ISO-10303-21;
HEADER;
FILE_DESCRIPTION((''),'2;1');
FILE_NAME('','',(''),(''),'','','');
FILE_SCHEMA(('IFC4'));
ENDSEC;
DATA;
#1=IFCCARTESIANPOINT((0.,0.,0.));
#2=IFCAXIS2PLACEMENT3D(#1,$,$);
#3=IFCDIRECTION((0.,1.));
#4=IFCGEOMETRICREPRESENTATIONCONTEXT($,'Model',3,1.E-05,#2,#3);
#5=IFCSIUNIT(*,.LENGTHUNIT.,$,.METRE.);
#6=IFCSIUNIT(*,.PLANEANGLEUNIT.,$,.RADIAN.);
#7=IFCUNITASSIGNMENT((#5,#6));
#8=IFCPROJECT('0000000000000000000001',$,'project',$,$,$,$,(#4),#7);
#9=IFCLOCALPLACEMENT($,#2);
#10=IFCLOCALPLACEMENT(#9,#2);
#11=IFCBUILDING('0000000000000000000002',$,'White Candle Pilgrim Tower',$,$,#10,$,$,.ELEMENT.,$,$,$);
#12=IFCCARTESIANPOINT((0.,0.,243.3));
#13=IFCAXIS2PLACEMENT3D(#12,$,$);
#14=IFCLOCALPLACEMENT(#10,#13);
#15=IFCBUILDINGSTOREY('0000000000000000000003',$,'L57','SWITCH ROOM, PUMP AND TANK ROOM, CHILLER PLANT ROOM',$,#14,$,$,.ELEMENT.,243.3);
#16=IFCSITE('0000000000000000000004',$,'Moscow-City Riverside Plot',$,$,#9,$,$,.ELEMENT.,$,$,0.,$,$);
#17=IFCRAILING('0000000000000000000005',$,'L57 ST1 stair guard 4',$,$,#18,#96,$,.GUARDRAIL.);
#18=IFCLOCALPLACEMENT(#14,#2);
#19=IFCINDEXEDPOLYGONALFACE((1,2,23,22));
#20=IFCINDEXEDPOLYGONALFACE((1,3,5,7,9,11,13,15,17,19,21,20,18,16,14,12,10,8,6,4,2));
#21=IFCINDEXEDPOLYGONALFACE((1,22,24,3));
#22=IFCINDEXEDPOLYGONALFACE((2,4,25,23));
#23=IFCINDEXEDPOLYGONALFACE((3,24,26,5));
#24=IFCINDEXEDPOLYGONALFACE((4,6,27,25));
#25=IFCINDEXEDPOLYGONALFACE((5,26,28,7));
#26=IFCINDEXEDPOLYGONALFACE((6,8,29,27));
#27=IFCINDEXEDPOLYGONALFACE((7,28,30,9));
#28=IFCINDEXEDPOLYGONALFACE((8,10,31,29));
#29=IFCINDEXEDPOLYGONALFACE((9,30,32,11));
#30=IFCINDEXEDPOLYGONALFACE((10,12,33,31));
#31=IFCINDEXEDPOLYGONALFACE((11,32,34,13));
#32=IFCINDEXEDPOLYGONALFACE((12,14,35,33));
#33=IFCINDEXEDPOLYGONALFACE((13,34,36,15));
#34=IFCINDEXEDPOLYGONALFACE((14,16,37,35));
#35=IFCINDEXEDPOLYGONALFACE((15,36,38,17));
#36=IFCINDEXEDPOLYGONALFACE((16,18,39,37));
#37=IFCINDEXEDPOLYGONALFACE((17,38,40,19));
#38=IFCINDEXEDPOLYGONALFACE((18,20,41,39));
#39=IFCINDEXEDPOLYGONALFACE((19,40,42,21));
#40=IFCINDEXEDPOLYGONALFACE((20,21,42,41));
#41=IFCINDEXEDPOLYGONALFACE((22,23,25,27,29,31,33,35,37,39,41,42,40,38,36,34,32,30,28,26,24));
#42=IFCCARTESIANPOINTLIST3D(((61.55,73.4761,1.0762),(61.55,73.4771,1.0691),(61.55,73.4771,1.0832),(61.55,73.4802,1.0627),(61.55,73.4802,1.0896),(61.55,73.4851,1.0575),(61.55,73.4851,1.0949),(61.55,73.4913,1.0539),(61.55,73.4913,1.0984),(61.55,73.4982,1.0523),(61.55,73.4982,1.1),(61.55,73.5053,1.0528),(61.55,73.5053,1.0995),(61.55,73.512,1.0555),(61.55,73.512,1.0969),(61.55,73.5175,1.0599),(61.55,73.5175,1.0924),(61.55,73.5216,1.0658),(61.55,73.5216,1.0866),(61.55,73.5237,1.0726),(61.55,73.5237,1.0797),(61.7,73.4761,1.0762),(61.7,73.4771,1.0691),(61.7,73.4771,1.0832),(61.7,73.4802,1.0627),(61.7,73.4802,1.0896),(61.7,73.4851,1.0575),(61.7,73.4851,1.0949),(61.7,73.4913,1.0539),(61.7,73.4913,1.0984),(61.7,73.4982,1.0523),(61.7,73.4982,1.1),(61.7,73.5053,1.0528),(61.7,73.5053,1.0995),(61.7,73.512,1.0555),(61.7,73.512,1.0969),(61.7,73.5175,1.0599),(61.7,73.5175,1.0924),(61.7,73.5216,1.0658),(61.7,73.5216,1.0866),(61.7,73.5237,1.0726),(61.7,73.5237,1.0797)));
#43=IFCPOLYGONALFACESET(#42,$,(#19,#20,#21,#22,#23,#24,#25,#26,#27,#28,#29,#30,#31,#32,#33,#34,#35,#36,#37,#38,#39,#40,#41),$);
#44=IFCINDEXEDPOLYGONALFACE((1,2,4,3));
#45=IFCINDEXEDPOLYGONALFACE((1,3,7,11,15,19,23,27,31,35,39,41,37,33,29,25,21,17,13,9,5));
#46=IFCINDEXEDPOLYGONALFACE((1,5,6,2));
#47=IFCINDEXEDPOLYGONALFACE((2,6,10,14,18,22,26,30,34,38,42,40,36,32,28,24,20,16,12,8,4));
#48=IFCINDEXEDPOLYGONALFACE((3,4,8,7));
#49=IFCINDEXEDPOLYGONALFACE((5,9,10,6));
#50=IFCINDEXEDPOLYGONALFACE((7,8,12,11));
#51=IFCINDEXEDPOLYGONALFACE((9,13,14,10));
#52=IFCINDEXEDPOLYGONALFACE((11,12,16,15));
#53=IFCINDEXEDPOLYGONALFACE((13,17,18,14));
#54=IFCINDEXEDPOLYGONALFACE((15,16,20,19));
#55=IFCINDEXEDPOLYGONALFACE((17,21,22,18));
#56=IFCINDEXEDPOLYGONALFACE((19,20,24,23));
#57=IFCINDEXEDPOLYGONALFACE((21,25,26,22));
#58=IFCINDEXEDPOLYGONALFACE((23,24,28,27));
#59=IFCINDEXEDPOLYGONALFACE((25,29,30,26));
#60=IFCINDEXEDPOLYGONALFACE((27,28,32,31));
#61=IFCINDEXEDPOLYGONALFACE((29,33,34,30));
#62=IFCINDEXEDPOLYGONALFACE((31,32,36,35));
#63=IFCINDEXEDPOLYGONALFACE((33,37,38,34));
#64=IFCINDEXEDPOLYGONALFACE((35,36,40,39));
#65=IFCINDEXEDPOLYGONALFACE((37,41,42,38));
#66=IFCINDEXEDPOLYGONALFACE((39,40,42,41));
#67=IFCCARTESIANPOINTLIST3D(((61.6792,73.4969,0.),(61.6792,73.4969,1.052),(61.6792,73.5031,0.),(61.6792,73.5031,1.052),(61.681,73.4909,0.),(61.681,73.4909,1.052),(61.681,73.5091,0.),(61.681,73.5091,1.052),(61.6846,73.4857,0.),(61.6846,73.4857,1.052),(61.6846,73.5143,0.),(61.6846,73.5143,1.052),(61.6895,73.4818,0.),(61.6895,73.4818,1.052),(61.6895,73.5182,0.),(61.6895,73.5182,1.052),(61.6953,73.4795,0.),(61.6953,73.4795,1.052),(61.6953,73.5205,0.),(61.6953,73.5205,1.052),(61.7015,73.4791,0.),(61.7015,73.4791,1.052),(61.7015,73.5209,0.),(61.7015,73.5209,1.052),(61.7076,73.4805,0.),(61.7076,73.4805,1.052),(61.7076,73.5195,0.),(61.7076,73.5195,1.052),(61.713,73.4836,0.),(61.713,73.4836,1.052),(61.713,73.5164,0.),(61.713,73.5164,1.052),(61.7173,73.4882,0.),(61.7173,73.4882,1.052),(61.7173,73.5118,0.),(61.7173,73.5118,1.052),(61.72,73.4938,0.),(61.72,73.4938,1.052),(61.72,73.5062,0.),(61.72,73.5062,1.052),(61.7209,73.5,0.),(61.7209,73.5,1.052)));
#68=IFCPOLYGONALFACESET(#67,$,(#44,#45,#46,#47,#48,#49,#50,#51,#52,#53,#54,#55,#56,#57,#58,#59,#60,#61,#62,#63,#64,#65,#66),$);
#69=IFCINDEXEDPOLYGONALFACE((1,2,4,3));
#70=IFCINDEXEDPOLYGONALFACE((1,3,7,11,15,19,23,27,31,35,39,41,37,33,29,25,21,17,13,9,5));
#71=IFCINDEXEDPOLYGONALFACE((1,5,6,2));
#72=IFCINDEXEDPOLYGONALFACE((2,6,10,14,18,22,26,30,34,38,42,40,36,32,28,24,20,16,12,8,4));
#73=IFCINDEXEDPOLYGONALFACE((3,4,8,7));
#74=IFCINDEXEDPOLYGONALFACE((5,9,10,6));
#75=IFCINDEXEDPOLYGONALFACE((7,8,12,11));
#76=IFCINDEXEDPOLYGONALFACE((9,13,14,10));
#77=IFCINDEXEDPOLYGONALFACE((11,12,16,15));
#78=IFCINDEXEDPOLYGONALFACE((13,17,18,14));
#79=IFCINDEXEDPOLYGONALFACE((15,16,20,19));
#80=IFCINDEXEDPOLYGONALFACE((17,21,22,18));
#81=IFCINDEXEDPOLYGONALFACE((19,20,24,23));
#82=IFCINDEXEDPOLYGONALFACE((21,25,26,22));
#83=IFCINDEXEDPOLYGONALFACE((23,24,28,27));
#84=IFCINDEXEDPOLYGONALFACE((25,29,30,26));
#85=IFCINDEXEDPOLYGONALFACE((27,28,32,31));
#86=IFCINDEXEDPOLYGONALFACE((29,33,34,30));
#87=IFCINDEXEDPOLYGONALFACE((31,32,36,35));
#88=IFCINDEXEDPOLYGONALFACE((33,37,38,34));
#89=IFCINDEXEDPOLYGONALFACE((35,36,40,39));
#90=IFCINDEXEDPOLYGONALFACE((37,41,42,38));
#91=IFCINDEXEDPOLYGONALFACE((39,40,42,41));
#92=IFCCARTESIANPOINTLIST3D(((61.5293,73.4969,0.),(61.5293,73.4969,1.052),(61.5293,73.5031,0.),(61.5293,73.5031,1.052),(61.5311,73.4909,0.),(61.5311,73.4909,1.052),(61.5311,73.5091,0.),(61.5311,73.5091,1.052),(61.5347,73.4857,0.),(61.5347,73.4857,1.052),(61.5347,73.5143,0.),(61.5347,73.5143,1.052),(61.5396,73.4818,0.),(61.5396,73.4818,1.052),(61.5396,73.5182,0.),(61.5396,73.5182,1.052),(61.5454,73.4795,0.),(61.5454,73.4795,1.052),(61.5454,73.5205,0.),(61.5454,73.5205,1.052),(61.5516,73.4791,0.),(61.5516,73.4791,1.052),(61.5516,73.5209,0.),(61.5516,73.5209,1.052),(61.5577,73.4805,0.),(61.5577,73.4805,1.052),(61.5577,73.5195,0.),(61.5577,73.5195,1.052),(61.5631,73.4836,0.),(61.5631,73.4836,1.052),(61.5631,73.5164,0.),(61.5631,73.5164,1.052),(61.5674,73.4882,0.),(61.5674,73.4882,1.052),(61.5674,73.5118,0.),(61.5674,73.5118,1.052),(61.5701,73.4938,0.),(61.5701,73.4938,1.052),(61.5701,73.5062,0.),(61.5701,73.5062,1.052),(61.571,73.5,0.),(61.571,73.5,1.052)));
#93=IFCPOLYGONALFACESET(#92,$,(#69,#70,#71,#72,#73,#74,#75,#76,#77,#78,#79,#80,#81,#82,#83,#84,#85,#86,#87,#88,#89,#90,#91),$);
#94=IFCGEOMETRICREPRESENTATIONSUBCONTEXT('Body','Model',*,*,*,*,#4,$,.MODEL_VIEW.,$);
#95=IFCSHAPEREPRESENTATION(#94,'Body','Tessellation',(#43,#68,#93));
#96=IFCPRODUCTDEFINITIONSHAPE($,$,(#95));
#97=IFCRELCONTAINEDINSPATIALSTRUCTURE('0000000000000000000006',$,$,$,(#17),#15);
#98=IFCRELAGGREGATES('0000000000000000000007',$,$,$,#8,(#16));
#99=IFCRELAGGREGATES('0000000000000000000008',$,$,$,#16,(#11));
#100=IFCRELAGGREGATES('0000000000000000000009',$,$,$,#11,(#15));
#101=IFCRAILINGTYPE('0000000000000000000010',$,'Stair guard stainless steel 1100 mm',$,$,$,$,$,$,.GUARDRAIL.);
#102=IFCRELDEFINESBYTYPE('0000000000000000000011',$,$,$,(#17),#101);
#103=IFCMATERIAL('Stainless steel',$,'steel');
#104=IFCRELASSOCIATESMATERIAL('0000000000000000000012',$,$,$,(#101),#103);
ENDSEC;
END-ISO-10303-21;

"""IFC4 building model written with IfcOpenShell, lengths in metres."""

from ifc_helpers import new_model, si_unit, direction, frame, origin, origin_2d, place, context, subcontext, project, spatial, circle, extrude, material, type_object, element, save


model = new_model("IFC4")

# Units and contexts
model_context = context("Model", 3, precision=1e-05, world=origin(), true_north=direction((0.0, 1.0)))
body_context = subcontext(model_context, "Body", "Model", "MODEL_VIEW")
ifc_project = project(units=[si_unit("LENGTHUNIT", "METRE"), si_unit("PLANEANGLEUNIT", "RADIAN")], contexts=[model_context])

# Site, building, storey
site_placement = place(None, origin())
site = spatial("IfcSite", under=ifc_project, at=site_placement, Name="Moscow-City Riverside Plot", CompositionType="ELEMENT", RefElevation=0.0)
building_placement = place(site_placement, origin())
building = spatial("IfcBuilding", under=site, at=building_placement, Name="White Candle Pilgrim Tower", CompositionType="ELEMENT")
storey_placement = place(building_placement, frame((0.0, 0.0, 243.3)))
storey = spatial("IfcBuildingStorey", under=building, at=storey_placement, Name="L57", Description="SWITCH ROOM, PUMP AND TANK ROOM, CHILLER PLANT ROOM", CompositionType="ELEMENT", Elevation=243.3)

# Railing
ifc_material_1 = material(Name="Stainless steel", Category="steel")
railing_type_1 = type_object("IfcRailingType", Name="Stair guard stainless steel 1100 mm", PredefinedType="GUARDRAIL", material=ifc_material_1)
railing_1_placement = place(storey_placement, frame((61.7, 73.5, 0.0)))
element("IfcRailing", 1, at=railing_1_placement, inside=storey, type_object=railing_type_1, Name="L57 ST1 stair guard 4", PredefinedType="GUARDRAIL", context=body_context, shape_type="SweptSolid", body=[
    extrude(circle(Radius=0.0239, at=origin_2d()), frame((0.0, 0.0, 1.0762), z_axis=(-1.0, 0.0, 0.0), x_axis=(0.0, -1.0, 0.0)), (0.0, 0.0, 1.0), 0.1499),
    extrude(circle(Radius=0.021, at=origin_2d()), origin(), (0.0, 0.0, 1.0), 1.052),
    extrude(circle(Radius=0.021, at=origin_2d()), frame((-0.1499, 0.0, 0.0)), (0.0, 0.0, 1.0), 1.052),
])

save(model, "model.ifc")
